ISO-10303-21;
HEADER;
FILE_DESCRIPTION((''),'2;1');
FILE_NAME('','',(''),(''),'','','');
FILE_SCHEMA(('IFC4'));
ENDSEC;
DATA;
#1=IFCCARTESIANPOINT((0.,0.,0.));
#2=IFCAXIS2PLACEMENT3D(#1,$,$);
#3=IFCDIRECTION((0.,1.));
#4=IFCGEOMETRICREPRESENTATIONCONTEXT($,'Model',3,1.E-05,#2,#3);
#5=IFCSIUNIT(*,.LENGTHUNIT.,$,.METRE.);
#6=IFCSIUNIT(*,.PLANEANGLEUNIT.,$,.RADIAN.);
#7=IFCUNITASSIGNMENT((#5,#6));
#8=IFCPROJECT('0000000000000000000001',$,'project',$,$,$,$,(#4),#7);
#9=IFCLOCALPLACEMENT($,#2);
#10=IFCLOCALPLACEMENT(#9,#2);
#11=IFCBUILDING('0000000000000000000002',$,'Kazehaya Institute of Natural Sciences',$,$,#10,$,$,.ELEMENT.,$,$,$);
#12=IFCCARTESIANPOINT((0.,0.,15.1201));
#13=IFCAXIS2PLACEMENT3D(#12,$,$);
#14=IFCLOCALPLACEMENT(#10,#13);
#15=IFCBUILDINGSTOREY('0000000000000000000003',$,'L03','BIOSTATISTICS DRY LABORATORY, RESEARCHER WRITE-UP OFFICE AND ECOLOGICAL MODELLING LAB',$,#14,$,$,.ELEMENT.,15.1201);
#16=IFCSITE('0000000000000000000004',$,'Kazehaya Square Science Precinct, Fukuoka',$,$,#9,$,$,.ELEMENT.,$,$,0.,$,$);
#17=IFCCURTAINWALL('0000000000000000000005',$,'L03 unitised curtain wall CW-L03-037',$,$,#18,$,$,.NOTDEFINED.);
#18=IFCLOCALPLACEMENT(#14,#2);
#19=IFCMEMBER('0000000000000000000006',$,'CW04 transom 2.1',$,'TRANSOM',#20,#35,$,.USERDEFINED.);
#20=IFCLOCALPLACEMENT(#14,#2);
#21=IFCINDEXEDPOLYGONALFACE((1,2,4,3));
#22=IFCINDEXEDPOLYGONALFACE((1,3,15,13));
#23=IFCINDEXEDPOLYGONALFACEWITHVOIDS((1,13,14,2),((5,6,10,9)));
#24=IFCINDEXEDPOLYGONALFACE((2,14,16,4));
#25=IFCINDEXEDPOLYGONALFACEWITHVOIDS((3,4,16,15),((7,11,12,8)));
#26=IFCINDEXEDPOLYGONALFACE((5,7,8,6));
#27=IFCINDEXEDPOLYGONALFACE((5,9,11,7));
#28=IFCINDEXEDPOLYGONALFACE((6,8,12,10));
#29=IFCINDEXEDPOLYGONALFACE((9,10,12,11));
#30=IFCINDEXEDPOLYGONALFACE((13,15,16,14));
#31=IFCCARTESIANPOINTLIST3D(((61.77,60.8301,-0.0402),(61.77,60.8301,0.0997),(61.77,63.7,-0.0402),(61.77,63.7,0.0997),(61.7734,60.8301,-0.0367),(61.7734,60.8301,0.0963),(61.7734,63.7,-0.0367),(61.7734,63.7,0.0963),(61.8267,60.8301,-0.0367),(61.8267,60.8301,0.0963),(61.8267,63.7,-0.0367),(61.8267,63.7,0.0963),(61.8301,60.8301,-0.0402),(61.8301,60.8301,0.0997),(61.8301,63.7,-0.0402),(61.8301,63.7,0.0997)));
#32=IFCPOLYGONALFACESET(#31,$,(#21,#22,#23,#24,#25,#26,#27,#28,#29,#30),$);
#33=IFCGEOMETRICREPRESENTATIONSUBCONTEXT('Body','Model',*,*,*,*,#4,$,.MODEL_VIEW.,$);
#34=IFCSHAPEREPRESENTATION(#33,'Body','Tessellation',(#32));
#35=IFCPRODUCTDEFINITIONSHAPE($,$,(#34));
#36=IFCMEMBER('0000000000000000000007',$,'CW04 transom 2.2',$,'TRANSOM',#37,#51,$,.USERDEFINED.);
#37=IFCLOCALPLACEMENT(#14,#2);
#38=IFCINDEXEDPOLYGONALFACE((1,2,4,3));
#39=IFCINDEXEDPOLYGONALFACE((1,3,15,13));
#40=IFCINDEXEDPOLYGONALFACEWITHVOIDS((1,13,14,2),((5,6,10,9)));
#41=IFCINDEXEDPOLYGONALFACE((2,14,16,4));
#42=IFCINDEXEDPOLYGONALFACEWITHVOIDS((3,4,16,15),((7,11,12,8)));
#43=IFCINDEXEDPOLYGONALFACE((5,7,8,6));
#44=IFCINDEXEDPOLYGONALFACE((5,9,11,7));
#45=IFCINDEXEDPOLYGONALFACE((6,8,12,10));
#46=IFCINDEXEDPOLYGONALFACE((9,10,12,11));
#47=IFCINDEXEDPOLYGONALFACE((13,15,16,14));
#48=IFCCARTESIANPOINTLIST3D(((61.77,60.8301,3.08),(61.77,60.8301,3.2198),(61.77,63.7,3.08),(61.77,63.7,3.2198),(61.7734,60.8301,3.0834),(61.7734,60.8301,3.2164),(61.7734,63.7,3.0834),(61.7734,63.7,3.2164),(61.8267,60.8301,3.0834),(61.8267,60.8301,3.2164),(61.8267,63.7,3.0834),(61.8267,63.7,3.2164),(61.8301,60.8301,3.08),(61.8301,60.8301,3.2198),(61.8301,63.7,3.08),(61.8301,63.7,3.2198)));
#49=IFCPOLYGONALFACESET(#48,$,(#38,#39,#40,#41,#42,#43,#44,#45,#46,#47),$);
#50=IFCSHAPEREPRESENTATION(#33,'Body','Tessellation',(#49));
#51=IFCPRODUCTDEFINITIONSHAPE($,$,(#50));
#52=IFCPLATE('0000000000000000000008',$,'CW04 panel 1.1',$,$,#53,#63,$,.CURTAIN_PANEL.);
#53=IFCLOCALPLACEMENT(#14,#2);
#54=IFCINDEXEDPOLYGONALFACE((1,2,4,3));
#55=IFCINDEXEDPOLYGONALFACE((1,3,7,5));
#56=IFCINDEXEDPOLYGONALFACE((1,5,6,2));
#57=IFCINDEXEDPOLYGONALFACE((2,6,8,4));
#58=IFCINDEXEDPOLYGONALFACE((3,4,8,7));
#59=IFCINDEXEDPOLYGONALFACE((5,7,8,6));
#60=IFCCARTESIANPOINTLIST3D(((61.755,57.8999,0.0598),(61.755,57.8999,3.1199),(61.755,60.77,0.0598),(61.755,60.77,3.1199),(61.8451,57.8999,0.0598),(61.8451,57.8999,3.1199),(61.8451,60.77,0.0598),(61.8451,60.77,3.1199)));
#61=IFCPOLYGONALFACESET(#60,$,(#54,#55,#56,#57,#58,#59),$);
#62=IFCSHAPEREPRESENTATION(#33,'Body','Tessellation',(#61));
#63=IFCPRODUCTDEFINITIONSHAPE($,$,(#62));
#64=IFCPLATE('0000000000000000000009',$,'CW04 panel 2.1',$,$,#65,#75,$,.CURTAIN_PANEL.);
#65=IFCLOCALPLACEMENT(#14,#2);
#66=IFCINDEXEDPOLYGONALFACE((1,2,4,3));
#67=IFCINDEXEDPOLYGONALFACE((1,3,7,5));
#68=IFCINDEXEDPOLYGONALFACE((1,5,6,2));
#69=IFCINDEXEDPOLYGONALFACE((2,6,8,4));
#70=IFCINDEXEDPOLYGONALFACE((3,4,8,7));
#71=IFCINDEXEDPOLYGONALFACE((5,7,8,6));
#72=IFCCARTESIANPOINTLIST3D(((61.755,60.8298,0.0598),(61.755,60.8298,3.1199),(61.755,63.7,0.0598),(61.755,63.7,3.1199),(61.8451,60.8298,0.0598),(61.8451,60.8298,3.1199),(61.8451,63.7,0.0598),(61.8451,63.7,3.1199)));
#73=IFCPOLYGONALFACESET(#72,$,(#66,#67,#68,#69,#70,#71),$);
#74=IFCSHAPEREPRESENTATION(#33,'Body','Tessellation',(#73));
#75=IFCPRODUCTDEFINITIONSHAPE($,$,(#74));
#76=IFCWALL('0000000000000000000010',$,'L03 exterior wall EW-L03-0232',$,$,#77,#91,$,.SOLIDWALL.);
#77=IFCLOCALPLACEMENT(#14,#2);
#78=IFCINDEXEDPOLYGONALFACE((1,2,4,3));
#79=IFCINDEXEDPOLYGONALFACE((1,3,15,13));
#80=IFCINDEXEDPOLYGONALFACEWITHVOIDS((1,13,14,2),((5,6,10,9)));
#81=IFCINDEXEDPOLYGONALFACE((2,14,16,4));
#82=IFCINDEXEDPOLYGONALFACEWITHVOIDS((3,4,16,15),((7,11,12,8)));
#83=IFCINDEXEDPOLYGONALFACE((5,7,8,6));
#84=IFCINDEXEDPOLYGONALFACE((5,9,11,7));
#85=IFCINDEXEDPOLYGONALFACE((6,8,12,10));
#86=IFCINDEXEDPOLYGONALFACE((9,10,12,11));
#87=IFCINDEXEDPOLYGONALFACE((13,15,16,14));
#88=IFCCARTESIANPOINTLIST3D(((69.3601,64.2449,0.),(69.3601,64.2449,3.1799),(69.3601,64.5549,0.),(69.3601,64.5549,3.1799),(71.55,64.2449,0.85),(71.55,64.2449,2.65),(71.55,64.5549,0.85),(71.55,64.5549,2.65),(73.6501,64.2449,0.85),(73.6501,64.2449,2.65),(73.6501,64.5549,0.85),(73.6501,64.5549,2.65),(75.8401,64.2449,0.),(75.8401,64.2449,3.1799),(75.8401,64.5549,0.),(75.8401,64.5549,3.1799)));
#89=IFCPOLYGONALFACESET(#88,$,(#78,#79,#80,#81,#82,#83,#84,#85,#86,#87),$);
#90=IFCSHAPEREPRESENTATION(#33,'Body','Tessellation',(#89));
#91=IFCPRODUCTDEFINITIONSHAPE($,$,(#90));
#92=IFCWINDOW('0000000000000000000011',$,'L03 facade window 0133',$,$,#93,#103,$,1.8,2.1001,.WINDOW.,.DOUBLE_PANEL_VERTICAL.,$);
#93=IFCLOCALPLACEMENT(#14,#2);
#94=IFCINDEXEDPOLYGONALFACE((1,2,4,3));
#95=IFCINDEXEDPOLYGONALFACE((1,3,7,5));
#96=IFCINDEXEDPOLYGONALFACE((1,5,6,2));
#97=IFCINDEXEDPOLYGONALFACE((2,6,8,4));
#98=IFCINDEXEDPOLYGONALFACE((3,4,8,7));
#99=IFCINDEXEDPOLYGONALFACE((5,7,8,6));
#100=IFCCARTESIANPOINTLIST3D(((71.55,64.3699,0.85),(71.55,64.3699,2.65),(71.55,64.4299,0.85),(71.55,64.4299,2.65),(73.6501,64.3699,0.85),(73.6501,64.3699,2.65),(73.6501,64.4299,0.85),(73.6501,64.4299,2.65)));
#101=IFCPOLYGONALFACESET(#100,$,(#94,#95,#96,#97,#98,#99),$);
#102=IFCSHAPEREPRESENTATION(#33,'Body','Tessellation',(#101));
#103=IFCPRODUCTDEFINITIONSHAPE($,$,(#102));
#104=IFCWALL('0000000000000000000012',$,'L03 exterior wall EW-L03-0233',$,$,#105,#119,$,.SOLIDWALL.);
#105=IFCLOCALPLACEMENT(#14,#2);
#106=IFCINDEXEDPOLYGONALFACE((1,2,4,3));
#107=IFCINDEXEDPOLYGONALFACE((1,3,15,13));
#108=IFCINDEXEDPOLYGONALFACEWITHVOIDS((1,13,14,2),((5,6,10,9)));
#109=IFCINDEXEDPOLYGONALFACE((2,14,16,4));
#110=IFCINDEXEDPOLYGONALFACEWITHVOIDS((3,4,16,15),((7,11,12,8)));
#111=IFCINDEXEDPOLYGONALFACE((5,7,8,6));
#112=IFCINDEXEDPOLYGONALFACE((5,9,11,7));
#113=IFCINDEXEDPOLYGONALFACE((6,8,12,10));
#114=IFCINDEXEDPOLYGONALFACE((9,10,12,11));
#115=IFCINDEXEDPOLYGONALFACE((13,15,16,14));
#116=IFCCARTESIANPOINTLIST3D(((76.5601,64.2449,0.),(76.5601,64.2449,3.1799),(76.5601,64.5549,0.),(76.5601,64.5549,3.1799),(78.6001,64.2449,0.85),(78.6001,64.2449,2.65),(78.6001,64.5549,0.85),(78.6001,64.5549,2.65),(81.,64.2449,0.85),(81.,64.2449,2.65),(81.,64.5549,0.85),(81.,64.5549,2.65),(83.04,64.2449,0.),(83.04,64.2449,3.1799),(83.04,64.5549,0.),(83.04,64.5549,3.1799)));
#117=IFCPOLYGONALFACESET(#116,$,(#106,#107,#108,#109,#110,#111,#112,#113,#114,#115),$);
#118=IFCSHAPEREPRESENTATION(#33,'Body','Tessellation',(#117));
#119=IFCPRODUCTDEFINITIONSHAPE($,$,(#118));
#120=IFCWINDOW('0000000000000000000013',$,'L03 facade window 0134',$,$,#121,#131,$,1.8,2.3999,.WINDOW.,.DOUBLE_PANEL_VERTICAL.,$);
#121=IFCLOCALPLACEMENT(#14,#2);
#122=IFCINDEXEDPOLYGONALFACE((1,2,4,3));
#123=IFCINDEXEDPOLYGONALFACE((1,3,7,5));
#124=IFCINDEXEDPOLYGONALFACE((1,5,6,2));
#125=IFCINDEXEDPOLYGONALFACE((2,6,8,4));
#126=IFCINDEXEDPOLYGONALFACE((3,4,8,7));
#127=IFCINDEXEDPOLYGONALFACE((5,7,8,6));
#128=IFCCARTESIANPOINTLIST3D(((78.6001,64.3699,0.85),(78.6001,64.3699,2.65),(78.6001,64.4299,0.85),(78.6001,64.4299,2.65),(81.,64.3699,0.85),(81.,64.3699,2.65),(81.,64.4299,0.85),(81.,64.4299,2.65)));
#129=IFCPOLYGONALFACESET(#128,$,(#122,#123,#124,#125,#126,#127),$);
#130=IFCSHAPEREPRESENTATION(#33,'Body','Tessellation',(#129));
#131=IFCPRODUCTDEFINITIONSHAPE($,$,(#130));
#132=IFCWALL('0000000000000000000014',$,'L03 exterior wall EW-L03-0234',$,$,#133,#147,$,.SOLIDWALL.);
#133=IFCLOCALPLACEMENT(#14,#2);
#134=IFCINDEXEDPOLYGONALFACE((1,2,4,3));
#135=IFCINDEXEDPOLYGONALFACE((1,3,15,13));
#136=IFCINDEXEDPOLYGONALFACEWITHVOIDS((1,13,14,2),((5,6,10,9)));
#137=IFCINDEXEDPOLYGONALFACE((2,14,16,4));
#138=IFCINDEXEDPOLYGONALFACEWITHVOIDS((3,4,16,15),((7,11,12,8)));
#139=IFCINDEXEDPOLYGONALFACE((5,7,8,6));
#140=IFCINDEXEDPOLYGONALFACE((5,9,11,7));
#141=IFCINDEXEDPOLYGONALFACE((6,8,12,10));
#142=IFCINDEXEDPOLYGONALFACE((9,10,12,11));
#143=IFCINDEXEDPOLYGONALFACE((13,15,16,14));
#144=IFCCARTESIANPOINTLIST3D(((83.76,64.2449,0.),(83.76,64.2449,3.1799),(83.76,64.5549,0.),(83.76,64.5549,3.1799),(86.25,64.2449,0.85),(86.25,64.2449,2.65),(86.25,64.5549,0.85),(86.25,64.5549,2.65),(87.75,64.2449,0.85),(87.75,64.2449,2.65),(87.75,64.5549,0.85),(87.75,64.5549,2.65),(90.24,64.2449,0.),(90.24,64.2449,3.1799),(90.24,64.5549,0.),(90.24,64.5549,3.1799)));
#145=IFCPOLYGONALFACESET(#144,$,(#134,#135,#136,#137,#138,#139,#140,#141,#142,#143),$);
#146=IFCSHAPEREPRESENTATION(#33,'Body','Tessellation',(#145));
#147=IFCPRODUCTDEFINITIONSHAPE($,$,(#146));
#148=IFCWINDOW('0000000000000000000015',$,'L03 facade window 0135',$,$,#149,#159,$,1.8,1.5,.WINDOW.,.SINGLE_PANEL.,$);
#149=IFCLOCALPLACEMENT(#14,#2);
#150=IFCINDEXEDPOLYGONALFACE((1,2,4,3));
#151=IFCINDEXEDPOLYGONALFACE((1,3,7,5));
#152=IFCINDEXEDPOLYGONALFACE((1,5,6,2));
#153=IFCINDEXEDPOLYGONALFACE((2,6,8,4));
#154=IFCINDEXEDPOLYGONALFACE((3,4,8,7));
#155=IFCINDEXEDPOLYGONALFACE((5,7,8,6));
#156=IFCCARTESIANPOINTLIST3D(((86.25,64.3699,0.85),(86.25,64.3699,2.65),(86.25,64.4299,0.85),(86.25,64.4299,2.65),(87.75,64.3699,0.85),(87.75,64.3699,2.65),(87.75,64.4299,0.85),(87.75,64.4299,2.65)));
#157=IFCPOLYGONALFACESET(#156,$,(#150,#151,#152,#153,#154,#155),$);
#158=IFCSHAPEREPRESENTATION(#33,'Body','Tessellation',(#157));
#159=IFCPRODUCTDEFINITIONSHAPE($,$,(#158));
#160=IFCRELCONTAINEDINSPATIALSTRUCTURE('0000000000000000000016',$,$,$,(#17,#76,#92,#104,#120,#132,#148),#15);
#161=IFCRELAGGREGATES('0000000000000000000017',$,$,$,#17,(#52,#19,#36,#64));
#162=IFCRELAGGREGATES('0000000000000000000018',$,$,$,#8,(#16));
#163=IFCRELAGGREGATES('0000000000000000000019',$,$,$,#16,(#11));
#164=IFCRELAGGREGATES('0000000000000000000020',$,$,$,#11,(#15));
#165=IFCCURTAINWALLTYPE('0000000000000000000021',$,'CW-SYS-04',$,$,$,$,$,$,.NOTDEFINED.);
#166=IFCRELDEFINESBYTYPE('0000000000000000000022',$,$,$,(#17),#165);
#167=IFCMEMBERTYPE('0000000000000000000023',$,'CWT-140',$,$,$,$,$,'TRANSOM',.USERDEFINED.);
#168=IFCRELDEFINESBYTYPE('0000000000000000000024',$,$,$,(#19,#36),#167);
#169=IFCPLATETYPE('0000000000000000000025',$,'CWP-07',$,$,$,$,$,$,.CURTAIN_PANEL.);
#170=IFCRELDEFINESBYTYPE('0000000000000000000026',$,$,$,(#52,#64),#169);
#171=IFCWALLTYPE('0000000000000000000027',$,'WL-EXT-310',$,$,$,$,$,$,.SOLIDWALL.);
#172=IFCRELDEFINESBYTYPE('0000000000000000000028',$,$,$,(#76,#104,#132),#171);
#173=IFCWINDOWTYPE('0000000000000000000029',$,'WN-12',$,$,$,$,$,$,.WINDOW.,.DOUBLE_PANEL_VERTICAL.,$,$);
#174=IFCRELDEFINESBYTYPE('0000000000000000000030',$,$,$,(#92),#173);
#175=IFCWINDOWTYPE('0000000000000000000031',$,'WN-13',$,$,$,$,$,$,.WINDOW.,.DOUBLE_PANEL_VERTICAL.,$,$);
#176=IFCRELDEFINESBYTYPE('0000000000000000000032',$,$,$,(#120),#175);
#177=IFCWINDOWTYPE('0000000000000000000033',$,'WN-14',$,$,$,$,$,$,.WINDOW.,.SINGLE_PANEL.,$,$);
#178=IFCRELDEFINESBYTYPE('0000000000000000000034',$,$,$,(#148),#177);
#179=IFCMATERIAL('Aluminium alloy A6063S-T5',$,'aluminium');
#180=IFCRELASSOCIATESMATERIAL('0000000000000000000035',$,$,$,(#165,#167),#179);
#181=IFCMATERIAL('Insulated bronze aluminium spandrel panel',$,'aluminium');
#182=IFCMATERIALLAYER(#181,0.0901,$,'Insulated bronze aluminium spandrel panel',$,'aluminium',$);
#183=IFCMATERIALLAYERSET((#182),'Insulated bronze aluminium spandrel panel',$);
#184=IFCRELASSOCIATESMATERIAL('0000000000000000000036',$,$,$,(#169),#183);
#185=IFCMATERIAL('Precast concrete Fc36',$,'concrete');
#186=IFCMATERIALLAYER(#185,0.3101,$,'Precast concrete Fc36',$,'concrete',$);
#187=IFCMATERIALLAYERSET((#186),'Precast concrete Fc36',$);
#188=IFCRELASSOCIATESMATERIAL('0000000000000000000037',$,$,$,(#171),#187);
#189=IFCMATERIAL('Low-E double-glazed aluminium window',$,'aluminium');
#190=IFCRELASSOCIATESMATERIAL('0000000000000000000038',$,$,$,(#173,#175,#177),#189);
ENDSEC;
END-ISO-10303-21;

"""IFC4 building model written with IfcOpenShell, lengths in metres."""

from ifc_helpers import new_model, si_unit, direction, frame, frame_2d, origin, origin_2d, place, context, subcontext, project, spatial, rectangle, hollow_rectangle, extrude, material, layer, layer_set, material_profile, profile_set, type_object, element, fill, aggregate, save


model = new_model("IFC4")

# Units and contexts
model_context = context("Model", 3, precision=1e-05, world=origin(), true_north=direction((0.0, 1.0)))
body_context = subcontext(model_context, "Body", "Model", "MODEL_VIEW")
ifc_project = project(units=[si_unit("LENGTHUNIT", "METRE"), si_unit("PLANEANGLEUNIT", "RADIAN")], contexts=[model_context])

# Site, building, storey
site_placement = place(None, origin())
site = spatial("IfcSite", under=ifc_project, at=site_placement, Name="Kazehaya Square Science Precinct, Fukuoka", CompositionType="ELEMENT", RefElevation=0.0)
building_placement = place(site_placement, origin())
building = spatial("IfcBuilding", under=site, at=building_placement, Name="Kazehaya Institute of Natural Sciences", CompositionType="ELEMENT")
storey_placement = place(building_placement, frame((0.0, 0.0, 15.1201)))
storey = spatial("IfcBuildingStorey", under=building, at=storey_placement, Name="L03", Description="BIOSTATISTICS DRY LABORATORY, RESEARCHER WRITE-UP OFFICE AND ECOLOGICAL MODELLING LAB", CompositionType="ELEMENT", Elevation=15.1201)

# Curtain wall, members, plates
ifc_material_1 = material(Name="Aluminium alloy A6063S-T5", Category="aluminium")
curtain_wall_type = type_object("IfcCurtainWallType", Name="CW-SYS-04", PredefinedType="NOTDEFINED", material=ifc_material_1)
curtain_wall_placement = place(storey_placement, origin())
curtain_wall = element("IfcCurtainWall", 1, at=curtain_wall_placement, inside=storey, type_object=curtain_wall_type, Name="L03 unitised curtain wall CW-L03-037", PredefinedType="NOTDEFINED")
ifc_material_profile_1 = material_profile(ifc_material_1, hollow_rectangle(XDim=0.0601, YDim=0.1399, WallThickness=0.0034, at=origin_2d()), Name="ALU-60x140x3.5")
ifc_profile_set_1 = profile_set([ifc_material_profile_1], Name="Aluminium alloy A6063S-T5")
member_type_1 = type_object("IfcMemberType", Name="CWT-140", ElementType="TRANSOM", PredefinedType="USERDEFINED", material=ifc_profile_set_1)
member_1_placement = place(storey_placement, frame((61.8, 60.8301, 0.0298), z_axis=(0.0, 1.0, 0.0), x_axis=(-1.0, 0.0, 0.0)))
member_1 = element("IfcMember", 2, at=member_1_placement, type_object=member_type_1, Name="CW04 transom 2.1", ObjectType="TRANSOM", PredefinedType="USERDEFINED", context=body_context, shape_type="SweptSolid", body=[
    extrude(hollow_rectangle(XDim=0.0601, YDim=0.1399, WallThickness=0.0034, at=origin_2d()), origin(), (0.0, 0.0, 1.0), 2.8699),
])
member_2_placement = place(storey_placement, frame((61.8, 60.8301, 3.1499), z_axis=(0.0, 1.0, 0.0), x_axis=(-1.0, 0.0, 0.0)))
member_2 = element("IfcMember", 3, at=member_2_placement, type_object=member_type_1, Name="CW04 transom 2.2", ObjectType="TRANSOM", PredefinedType="USERDEFINED", context=body_context, shape_type="SweptSolid", body=[
    extrude(hollow_rectangle(XDim=0.0601, YDim=0.1399, WallThickness=0.0034, at=origin_2d()), origin(), (0.0, 0.0, 1.0), 2.8699),
])
ifc_material_2 = material(Name="Insulated bronze aluminium spandrel panel", Category="aluminium")
ifc_layer_1 = layer(ifc_material_2, 0.0901, Name="Insulated bronze aluminium spandrel panel", Category="aluminium")
ifc_layer_set_1 = layer_set([ifc_layer_1], Name="Insulated bronze aluminium spandrel panel")
plate_type = type_object("IfcPlateType", Name="CWP-07", PredefinedType="CURTAIN_PANEL", material=ifc_layer_set_1)
plate_1_placement = place(storey_placement, frame((61.8, 59.335, 0.0598), z_axis=(0.0, 0.0, 1.0), x_axis=(0.0, 1.0, 0.0)))
plate_1 = element("IfcPlate", 4, at=plate_1_placement, type_object=plate_type, Name="CW04 panel 1.1", PredefinedType="CURTAIN_PANEL", context=body_context, shape_type="SweptSolid", body=[
    extrude(rectangle(XDim=2.8701, YDim=0.0901, at=origin_2d()), origin(), (0.0, 0.0, 1.0), 3.0601),
])
plate_2_placement = place(storey_placement, frame((61.8, 62.2649, 0.0598), z_axis=(0.0, 0.0, 1.0), x_axis=(0.0, 1.0, 0.0)))
plate_2 = element("IfcPlate", 5, at=plate_2_placement, type_object=plate_type, Name="CW04 panel 2.1", PredefinedType="CURTAIN_PANEL", context=body_context, shape_type="SweptSolid", body=[
    extrude(rectangle(XDim=2.8701, YDim=0.0901, at=origin_2d()), origin(), (0.0, 0.0, 1.0), 3.0601),
])
aggregate(curtain_wall, [plate_1, member_1, member_2, plate_2])

# Walls, openings, windows
ifc_material_3 = material(Name="Precast concrete Fc36", Category="concrete")
ifc_layer_2 = layer(ifc_material_3, 0.3101, Name="Precast concrete Fc36", Category="concrete")
ifc_layer_set_2 = layer_set([ifc_layer_2], Name="Precast concrete Fc36")
wall_type_1 = type_object("IfcWallType", Name="WL-EXT-310", PredefinedType="SOLIDWALL", material=ifc_layer_set_2)
wall_1_placement = place(storey_placement, frame((69.3601, 64.3999, 0.0), z_axis=(0.0, 0.0, 1.0), x_axis=(1.0, 0.0, 0.0)))
wall_1 = element("IfcWall", 6, at=wall_1_placement, inside=storey, type_object=wall_type_1, Name="L03 exterior wall EW-L03-0232", PredefinedType="SOLIDWALL", context=body_context, shape_type="SweptSolid", body=[
    extrude(rectangle(XDim=6.48, YDim=0.3101, at=frame_2d((3.24, 0.0))), origin(), (0.0, 0.0, 1.0), 3.1799),
])
opening_1_placement = place(wall_1_placement, frame((2.1899, 0.0, 0.8501)))
opening_1 = element("IfcOpeningElement", 7, at=opening_1_placement, cuts=wall_1, PredefinedType="OPENING", context=body_context, shape_type="SweptSolid", body=[
    extrude(rectangle(XDim=2.1001, YDim=1.8, at=frame_2d((1.05, 0.8999))), frame((0.0, 0.165, 0.0), z_axis=(0.0, -1.0, 0.0), x_axis=(1.0, 0.0, 0.0)), (0.0, 0.0, 1.0), 0.3301),
])
ifc_material_4 = material(Name="Low-E double-glazed aluminium window", Category="aluminium")
window_type_1 = type_object("IfcWindowType", Name="WN-12", PartitioningType="DOUBLE_PANEL_VERTICAL", PredefinedType="WINDOW", material=ifc_material_4)
window_1_placement = place(opening_1_placement, origin())
window_1 = element("IfcWindow", 8, at=window_1_placement, inside=storey, type_object=window_type_1, Name="L03 facade window 0133", OverallHeight=1.8, OverallWidth=2.1001, PartitioningType="DOUBLE_PANEL_VERTICAL", PredefinedType="WINDOW", context=body_context, shape_type="SweptSolid", body=[
    extrude(rectangle(XDim=2.1001, YDim=1.8, at=frame_2d((1.05, 0.8999))), frame((0.0, 0.03, 0.0), z_axis=(0.0, -1.0, 0.0), x_axis=(1.0, 0.0, 0.0)), (0.0, 0.0, 1.0), 0.0601),
])
fill(opening_1, window_1)
wall_2_placement = place(storey_placement, frame((76.5601, 64.3999, 0.0), z_axis=(0.0, 0.0, 1.0), x_axis=(1.0, 0.0, 0.0)))
wall_2 = element("IfcWall", 9, at=wall_2_placement, inside=storey, type_object=wall_type_1, Name="L03 exterior wall EW-L03-0233", PredefinedType="SOLIDWALL", context=body_context, shape_type="SweptSolid", body=[
    extrude(rectangle(XDim=6.48, YDim=0.3101, at=frame_2d((3.24, 0.0))), origin(), (0.0, 0.0, 1.0), 3.1799),
])
opening_2_placement = place(wall_2_placement, frame((2.04, 0.0, 0.8501)))
opening_2 = element("IfcOpeningElement", 10, at=opening_2_placement, cuts=wall_2, PredefinedType="OPENING", context=body_context, shape_type="SweptSolid", body=[
    extrude(rectangle(XDim=2.3999, YDim=1.8, at=frame_2d((1.2, 0.8999))), frame((0.0, 0.165, 0.0), z_axis=(0.0, -1.0, 0.0), x_axis=(1.0, 0.0, 0.0)), (0.0, 0.0, 1.0), 0.3301),
])
window_type_2 = type_object("IfcWindowType", Name="WN-13", PartitioningType="DOUBLE_PANEL_VERTICAL", PredefinedType="WINDOW", material=ifc_material_4)
window_2_placement = place(opening_2_placement, origin())
window_2 = element("IfcWindow", 11, at=window_2_placement, inside=storey, type_object=window_type_2, Name="L03 facade window 0134", OverallHeight=1.8, OverallWidth=2.3999, PartitioningType="DOUBLE_PANEL_VERTICAL", PredefinedType="WINDOW", context=body_context, shape_type="SweptSolid", body=[
    extrude(rectangle(XDim=2.3999, YDim=1.8, at=frame_2d((1.2, 0.8999))), frame((0.0, 0.03, 0.0), z_axis=(0.0, -1.0, 0.0), x_axis=(1.0, 0.0, 0.0)), (0.0, 0.0, 1.0), 0.0601),
])
fill(opening_2, window_2)
wall_3_placement = place(storey_placement, frame((83.76, 64.3999, 0.0), z_axis=(0.0, 0.0, 1.0), x_axis=(1.0, 0.0, 0.0)))
wall_3 = element("IfcWall", 12, at=wall_3_placement, inside=storey, type_object=wall_type_1, Name="L03 exterior wall EW-L03-0234", PredefinedType="SOLIDWALL", context=body_context, shape_type="SweptSolid", body=[
    extrude(rectangle(XDim=6.48, YDim=0.3101, at=frame_2d((3.24, 0.0))), origin(), (0.0, 0.0, 1.0), 3.1799),
])
opening_3_placement = place(wall_3_placement, frame((2.49, 0.0, 0.8501)))
opening_3 = element("IfcOpeningElement", 13, at=opening_3_placement, cuts=wall_3, PredefinedType="OPENING", context=body_context, shape_type="SweptSolid", body=[
    extrude(rectangle(XDim=1.5, YDim=1.8, at=frame_2d((0.75, 0.8999))), frame((0.0, 0.165, 0.0), z_axis=(0.0, -1.0, 0.0), x_axis=(1.0, 0.0, 0.0)), (0.0, 0.0, 1.0), 0.3301),
])
window_type_3 = type_object("IfcWindowType", Name="WN-14", PartitioningType="SINGLE_PANEL", PredefinedType="WINDOW", material=ifc_material_4)
window_3_placement = place(opening_3_placement, origin())
window_3 = element("IfcWindow", 14, at=window_3_placement, inside=storey, type_object=window_type_3, Name="L03 facade window 0135", OverallHeight=1.8, OverallWidth=1.5, PartitioningType="SINGLE_PANEL", PredefinedType="WINDOW", context=body_context, shape_type="SweptSolid", body=[
    extrude(rectangle(XDim=1.5, YDim=1.8, at=frame_2d((0.75, 0.8999))), frame((0.0, 0.03, 0.0), z_axis=(0.0, -1.0, 0.0), x_axis=(1.0, 0.0, 0.0)), (0.0, 0.0, 1.0), 0.0601),
])
fill(opening_3, window_3)

save(model, "model.ifc")
